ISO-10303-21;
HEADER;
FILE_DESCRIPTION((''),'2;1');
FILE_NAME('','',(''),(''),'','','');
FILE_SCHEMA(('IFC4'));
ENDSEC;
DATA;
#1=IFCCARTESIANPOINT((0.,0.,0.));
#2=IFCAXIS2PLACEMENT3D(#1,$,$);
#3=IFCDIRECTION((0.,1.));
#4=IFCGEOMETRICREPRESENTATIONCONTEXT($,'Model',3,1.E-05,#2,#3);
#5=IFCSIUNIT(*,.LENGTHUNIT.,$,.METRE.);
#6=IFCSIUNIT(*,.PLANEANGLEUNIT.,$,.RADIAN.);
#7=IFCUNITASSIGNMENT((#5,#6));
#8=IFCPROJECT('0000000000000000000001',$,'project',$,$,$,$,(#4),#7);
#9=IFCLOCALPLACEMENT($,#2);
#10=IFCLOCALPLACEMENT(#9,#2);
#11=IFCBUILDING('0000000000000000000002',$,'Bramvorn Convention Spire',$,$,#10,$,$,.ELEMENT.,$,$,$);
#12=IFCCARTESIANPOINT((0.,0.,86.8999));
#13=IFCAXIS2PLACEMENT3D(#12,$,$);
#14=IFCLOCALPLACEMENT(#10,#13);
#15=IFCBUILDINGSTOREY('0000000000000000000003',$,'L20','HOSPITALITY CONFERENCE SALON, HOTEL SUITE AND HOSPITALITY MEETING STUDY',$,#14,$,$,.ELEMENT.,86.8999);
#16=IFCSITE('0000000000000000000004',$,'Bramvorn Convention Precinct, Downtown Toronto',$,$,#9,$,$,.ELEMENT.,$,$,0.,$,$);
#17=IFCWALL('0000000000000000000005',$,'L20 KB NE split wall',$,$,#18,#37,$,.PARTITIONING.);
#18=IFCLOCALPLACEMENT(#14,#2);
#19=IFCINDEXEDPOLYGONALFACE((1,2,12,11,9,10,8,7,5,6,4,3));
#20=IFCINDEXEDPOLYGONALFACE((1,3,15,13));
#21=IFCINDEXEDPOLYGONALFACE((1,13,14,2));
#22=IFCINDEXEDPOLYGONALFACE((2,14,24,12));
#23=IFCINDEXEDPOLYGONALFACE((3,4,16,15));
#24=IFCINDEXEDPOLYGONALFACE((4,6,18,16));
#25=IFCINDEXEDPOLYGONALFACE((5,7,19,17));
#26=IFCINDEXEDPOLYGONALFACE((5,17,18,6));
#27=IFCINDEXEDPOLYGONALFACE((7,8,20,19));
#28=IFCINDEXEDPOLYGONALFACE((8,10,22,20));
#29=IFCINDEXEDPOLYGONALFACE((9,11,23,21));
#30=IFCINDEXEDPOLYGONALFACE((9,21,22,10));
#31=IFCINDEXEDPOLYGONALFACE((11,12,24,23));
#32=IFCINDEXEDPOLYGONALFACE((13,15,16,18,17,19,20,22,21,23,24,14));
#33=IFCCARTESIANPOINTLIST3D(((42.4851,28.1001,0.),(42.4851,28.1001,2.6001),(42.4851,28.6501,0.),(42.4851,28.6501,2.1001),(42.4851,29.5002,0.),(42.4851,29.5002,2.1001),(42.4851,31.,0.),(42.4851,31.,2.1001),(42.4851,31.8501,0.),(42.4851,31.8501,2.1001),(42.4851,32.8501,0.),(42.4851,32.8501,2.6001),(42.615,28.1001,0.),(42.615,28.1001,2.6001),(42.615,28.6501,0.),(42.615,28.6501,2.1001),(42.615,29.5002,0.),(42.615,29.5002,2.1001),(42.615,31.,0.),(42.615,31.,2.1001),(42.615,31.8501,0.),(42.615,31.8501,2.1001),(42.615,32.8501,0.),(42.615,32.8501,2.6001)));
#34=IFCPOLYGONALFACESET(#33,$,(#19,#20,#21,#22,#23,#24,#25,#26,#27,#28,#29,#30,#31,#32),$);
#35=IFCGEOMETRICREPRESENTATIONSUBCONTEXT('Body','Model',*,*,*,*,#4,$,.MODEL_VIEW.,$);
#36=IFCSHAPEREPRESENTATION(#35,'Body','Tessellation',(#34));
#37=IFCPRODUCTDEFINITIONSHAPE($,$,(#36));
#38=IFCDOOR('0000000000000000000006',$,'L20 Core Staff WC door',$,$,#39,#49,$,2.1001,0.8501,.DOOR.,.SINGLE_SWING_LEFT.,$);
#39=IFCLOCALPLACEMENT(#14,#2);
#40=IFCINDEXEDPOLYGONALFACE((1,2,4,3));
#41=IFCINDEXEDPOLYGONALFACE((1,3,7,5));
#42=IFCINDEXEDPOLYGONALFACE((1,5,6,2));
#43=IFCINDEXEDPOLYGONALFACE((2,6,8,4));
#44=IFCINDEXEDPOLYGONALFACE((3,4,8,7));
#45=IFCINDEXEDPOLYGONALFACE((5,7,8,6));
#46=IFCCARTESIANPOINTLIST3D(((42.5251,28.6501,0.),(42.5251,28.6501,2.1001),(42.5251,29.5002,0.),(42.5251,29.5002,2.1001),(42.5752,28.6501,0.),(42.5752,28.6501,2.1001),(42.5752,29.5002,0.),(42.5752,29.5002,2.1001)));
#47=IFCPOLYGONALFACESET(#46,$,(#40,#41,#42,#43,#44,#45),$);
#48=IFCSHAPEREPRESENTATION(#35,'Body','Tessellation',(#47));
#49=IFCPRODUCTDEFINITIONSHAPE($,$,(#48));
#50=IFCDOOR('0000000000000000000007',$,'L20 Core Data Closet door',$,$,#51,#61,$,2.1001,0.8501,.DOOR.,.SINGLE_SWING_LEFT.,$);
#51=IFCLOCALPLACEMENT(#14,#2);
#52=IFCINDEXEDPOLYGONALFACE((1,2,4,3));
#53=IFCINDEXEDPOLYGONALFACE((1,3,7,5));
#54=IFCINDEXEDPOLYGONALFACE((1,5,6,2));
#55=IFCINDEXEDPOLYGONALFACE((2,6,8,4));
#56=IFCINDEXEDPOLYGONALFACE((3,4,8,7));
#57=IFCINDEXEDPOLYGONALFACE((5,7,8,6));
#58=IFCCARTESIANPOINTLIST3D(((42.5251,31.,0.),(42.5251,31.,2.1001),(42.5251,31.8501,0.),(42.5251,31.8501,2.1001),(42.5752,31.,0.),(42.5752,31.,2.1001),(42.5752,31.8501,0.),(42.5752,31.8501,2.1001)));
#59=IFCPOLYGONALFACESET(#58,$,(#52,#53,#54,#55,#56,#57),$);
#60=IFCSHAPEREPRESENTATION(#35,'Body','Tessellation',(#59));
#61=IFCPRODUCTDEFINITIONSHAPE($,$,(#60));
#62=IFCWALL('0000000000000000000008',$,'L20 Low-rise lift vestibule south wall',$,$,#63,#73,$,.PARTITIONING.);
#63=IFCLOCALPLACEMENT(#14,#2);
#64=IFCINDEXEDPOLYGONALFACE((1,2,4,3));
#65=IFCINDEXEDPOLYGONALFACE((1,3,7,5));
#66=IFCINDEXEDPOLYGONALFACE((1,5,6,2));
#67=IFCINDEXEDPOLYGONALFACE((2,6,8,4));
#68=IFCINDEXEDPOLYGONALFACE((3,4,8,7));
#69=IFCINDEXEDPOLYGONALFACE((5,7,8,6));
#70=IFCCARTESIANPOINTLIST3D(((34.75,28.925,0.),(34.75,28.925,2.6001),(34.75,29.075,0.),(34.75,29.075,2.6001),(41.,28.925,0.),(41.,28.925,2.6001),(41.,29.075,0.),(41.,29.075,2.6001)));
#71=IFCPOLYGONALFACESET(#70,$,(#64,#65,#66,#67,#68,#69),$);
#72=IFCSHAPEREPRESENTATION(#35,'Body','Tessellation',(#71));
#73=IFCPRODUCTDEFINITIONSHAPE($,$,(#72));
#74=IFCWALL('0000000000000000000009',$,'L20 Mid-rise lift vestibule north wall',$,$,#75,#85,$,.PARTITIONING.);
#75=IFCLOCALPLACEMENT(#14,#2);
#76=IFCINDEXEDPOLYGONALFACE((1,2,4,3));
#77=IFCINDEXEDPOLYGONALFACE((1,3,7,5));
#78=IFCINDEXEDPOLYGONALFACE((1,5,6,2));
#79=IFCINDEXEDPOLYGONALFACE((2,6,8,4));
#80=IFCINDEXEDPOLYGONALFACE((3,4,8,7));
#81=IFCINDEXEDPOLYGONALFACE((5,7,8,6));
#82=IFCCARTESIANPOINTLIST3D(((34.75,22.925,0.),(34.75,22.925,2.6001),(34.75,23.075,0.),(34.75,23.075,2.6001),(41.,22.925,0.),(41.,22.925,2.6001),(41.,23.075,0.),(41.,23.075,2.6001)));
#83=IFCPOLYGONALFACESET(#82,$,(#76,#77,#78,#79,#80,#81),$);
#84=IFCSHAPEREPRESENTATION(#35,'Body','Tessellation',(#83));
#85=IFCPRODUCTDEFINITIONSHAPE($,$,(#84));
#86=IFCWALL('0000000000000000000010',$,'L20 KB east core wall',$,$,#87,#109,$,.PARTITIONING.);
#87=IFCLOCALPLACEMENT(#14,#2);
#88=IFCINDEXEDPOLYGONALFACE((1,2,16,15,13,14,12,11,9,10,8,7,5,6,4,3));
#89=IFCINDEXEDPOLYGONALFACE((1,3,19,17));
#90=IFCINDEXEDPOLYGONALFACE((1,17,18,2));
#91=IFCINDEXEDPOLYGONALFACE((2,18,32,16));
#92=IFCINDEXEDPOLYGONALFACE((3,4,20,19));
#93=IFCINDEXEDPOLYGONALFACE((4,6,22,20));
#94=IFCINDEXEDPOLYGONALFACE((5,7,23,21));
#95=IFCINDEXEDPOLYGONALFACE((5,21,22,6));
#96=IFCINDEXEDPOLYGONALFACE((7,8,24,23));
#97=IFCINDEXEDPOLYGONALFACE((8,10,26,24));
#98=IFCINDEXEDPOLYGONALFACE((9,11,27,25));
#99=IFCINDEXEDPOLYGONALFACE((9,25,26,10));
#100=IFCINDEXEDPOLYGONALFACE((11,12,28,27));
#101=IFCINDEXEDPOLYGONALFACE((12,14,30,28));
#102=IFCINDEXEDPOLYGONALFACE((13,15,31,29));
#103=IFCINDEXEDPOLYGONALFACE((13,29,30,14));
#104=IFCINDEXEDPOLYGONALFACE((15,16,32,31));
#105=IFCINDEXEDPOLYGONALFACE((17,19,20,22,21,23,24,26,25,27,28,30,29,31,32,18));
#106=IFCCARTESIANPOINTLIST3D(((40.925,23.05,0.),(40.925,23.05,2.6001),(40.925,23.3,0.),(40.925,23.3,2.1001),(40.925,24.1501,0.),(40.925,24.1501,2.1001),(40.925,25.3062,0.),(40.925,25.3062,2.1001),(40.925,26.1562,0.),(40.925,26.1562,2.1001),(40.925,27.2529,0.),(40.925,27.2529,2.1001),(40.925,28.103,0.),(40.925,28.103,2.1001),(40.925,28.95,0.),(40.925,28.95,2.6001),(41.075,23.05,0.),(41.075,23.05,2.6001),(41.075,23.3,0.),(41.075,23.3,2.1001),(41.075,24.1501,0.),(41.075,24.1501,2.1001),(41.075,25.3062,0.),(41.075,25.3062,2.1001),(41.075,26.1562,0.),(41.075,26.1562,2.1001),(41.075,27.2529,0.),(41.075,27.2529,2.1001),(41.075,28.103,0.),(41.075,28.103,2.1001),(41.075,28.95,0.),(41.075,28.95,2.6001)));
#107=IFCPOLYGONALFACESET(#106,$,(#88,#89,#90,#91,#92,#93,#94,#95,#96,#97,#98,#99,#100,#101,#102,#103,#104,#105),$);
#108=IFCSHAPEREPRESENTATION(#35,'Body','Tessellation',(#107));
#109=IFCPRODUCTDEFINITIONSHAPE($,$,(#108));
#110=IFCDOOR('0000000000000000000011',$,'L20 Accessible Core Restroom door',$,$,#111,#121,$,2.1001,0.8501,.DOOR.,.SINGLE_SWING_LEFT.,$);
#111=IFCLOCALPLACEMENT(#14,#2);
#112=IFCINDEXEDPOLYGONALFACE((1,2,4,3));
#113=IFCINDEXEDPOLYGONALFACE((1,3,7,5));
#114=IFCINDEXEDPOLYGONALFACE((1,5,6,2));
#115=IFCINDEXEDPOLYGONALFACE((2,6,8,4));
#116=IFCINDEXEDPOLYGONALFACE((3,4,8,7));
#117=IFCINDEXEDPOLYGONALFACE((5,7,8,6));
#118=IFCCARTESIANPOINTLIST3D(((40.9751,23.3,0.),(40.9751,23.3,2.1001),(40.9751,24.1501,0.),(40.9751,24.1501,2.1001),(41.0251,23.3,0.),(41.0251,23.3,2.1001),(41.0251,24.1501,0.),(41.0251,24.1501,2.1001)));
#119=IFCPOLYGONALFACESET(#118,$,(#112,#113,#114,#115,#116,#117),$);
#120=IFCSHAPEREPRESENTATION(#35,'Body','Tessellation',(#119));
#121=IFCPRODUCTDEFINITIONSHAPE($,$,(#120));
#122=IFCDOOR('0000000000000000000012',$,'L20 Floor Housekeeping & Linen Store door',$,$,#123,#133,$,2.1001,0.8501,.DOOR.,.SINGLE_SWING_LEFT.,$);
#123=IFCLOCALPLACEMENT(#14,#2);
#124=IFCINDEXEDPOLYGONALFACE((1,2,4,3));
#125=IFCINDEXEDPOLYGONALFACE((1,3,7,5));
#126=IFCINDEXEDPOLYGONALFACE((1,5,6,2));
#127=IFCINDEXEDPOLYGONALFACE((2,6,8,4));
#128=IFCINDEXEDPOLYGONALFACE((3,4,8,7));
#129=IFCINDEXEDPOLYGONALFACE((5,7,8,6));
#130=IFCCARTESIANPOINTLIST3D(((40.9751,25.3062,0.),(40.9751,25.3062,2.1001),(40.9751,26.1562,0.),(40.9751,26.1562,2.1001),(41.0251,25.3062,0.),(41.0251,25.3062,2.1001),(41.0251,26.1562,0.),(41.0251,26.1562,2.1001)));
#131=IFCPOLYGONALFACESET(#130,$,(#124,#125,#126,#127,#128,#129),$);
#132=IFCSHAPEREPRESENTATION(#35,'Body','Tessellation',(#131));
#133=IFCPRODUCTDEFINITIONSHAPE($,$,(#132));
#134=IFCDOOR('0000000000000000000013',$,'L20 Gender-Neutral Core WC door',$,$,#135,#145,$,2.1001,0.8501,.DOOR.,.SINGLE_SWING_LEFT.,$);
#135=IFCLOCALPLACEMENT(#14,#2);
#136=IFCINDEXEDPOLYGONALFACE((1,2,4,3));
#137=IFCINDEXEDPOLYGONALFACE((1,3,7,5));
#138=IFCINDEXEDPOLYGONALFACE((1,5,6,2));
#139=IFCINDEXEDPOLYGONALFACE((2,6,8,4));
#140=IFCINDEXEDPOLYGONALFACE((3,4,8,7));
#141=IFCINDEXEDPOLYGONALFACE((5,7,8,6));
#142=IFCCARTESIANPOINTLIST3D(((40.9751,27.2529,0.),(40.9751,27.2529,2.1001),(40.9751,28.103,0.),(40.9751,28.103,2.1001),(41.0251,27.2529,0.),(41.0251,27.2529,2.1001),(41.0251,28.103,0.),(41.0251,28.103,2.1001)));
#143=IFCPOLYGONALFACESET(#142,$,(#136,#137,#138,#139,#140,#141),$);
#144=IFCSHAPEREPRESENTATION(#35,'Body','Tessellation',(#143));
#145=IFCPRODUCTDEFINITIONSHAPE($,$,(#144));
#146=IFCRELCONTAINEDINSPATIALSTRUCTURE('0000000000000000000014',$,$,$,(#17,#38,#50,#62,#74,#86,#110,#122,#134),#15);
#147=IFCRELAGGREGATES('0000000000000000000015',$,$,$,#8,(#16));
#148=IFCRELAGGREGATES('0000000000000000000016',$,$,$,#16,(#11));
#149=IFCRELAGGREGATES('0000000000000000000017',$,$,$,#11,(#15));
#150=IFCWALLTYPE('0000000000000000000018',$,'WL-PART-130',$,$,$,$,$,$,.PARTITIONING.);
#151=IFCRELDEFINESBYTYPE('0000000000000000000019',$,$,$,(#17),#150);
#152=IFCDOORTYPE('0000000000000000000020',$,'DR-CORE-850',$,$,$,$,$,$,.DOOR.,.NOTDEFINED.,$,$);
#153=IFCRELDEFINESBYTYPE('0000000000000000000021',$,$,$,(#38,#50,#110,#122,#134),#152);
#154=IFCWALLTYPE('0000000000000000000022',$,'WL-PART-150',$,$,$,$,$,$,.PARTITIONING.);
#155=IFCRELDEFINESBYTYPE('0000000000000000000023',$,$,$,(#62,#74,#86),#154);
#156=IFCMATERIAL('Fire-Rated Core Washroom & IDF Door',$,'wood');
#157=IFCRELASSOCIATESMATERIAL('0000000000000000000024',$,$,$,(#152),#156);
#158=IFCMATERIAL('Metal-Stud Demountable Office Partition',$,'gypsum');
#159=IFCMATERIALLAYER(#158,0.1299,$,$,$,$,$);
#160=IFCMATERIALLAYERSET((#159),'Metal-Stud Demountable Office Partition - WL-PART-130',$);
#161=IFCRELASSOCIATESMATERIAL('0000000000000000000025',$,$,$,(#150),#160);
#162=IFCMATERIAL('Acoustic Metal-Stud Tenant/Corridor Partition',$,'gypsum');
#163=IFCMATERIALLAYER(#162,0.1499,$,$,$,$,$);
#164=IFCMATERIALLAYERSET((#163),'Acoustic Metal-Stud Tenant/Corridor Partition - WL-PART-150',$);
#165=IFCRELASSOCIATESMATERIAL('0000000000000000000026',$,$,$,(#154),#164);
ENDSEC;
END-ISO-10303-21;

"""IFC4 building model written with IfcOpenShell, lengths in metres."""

from ifc_helpers import new_model, si_unit, direction, frame, frame_2d, origin, place, context, subcontext, project, spatial, rectangle, extrude, material, layer, layer_set, type_object, element, fill, save


model = new_model("IFC4")

# Units and contexts
model_context = context("Model", 3, precision=1e-05, world=origin(), true_north=direction((0.0, 1.0)))
body_context = subcontext(model_context, "Body", "Model", "MODEL_VIEW")
ifc_project = project(units=[si_unit("LENGTHUNIT", "METRE"), si_unit("PLANEANGLEUNIT", "RADIAN")], contexts=[model_context])

# Site, building, storey
site_placement = place(None, origin())
site = spatial("IfcSite", under=ifc_project, at=site_placement, Name="Bramvorn Convention Precinct, Downtown Toronto", CompositionType="ELEMENT", RefElevation=0.0)
building_placement = place(site_placement, origin())
building = spatial("IfcBuilding", under=site, at=building_placement, Name="Bramvorn Convention Spire", CompositionType="ELEMENT")
storey_placement = place(building_placement, frame((0.0, 0.0, 86.8999)))
storey = spatial("IfcBuildingStorey", under=building, at=storey_placement, Name="L20", Description="HOSPITALITY CONFERENCE SALON, HOTEL SUITE AND HOSPITALITY MEETING STUDY", CompositionType="ELEMENT", Elevation=86.8999)

# Shared definitions
ifc_material_1 = material(Name="Fire-Rated Core Washroom & IDF Door", Category="wood")
door_type_1 = type_object("IfcDoorType", Name="DR-CORE-850", OperationType="NOTDEFINED", PredefinedType="DOOR", material=ifc_material_1)

# Wall, openings, doors
ifc_material_2 = material(Name="Metal-Stud Demountable Office Partition", Category="gypsum")
ifc_layer_1 = layer(ifc_material_2, 0.1299)
ifc_layer_set_1 = layer_set([ifc_layer_1], Name="Metal-Stud Demountable Office Partition - WL-PART-130")
wall_type_1 = type_object("IfcWallType", Name="WL-PART-130", PredefinedType="PARTITIONING", material=ifc_layer_set_1)
wall_1_placement = place(storey_placement, frame((42.55, 28.1001, 0.0), z_axis=(0.0, 0.0, 1.0), x_axis=(0.0, 1.0, 0.0)))
wall_1 = element("IfcWall", 1, at=wall_1_placement, inside=storey, type_object=wall_type_1, Name="L20 KB NE split wall", PredefinedType="PARTITIONING", context=body_context, shape_type="SweptSolid", body=[
    extrude(rectangle(XDim=4.75, YDim=0.1299, at=frame_2d((2.375, 0.0))), origin(), (0.0, 0.0, 1.0), 2.6001),
])
opening_1_placement = place(wall_1_placement, frame((0.55, 0.0, 0.0)))
opening_1 = element("IfcOpeningElement", 2, at=opening_1_placement, cuts=wall_1, PredefinedType="OPENING", context=body_context, shape_type="SweptSolid", body=[
    extrude(rectangle(XDim=0.8501, YDim=2.1001, at=frame_2d((0.425, 1.05))), frame((0.0, 0.075, 0.0), z_axis=(0.0, -1.0, 0.0), x_axis=(1.0, 0.0, 0.0)), (0.0, 0.0, 1.0), 0.1499),
])
opening_2_placement = place(wall_1_placement, frame((2.8999, 0.0, 0.0)))
opening_2 = element("IfcOpeningElement", 3, at=opening_2_placement, cuts=wall_1, PredefinedType="OPENING", context=body_context, shape_type="SweptSolid", body=[
    extrude(rectangle(XDim=0.8501, YDim=2.1001, at=frame_2d((0.425, 1.05))), frame((0.0, 0.075, 0.0), z_axis=(0.0, -1.0, 0.0), x_axis=(1.0, 0.0, 0.0)), (0.0, 0.0, 1.0), 0.1499),
])
door_1_placement = place(opening_1_placement, origin())
door_1 = element("IfcDoor", 4, at=door_1_placement, inside=storey, type_object=door_type_1, Name="L20 Core Staff WC door", OperationType="SINGLE_SWING_LEFT", OverallHeight=2.1001, OverallWidth=0.8501, PredefinedType="DOOR", context=body_context, shape_type="SweptSolid", body=[
    extrude(rectangle(XDim=0.8501, YDim=2.1001, at=frame_2d((0.425, 1.05))), frame((0.0, 0.0249, 0.0), z_axis=(0.0, -1.0, 0.0), x_axis=(1.0, 0.0, 0.0)), (0.0, 0.0, 1.0), 0.05),
])
fill(opening_1, door_1)
door_2_placement = place(opening_2_placement, origin())
door_2 = element("IfcDoor", 5, at=door_2_placement, inside=storey, type_object=door_type_1, Name="L20 Core Data Closet door", OperationType="SINGLE_SWING_LEFT", OverallHeight=2.1001, OverallWidth=0.8501, PredefinedType="DOOR", context=body_context, shape_type="SweptSolid", body=[
    extrude(rectangle(XDim=0.8501, YDim=2.1001, at=frame_2d((0.425, 1.05))), frame((0.0, 0.0249, 0.0), z_axis=(0.0, -1.0, 0.0), x_axis=(1.0, 0.0, 0.0)), (0.0, 0.0, 1.0), 0.05),
])
fill(opening_2, door_2)

# Walls
ifc_material_3 = material(Name="Acoustic Metal-Stud Tenant/Corridor Partition", Category="gypsum")
ifc_layer_2 = layer(ifc_material_3, 0.1499)
ifc_layer_set_2 = layer_set([ifc_layer_2], Name="Acoustic Metal-Stud Tenant/Corridor Partition - WL-PART-150")
wall_type_2 = type_object("IfcWallType", Name="WL-PART-150", PredefinedType="PARTITIONING", material=ifc_layer_set_2)
for number, where, z_axis, x_axis, name in (
    (6, (34.75, 29.0, 0.0), (0.0, 0.0, 1.0), (1.0, 0.0, 0.0), "L20 Low-rise lift vestibule south wall"),
    (7, (34.75, 23.0, 0.0), (0.0, 0.0, 1.0), (1.0, 0.0, 0.0), "L20 Mid-rise lift vestibule north wall"),
):
    element("IfcWall", number, at=place(storey_placement, frame(where, z_axis=z_axis, x_axis=x_axis)), inside=storey, type_object=wall_type_2, Name=name, PredefinedType="PARTITIONING", context=body_context, shape_type="SweptSolid", body=[
        extrude(rectangle(XDim=6.25, YDim=0.1499, at=frame_2d((3.125, 0.0))), origin(), (0.0, 0.0, 1.0), 2.6001),
    ])

# Wall, openings, doors
wall_2_placement = place(storey_placement, frame((41.0, 23.05, 0.0), z_axis=(0.0, 0.0, 1.0), x_axis=(0.0, 1.0, 0.0)))
wall_2 = element("IfcWall", 8, at=wall_2_placement, inside=storey, type_object=wall_type_2, Name="L20 KB east core wall", PredefinedType="PARTITIONING", context=body_context, shape_type="SweptSolid", body=[
    extrude(rectangle(XDim=5.8999, YDim=0.1499, at=frame_2d((2.95, 0.0))), origin(), (0.0, 0.0, 1.0), 2.6001),
])
opening_3_placement = place(wall_2_placement, frame((0.25, 0.0, 0.0)))
opening_3 = element("IfcOpeningElement", 9, at=opening_3_placement, cuts=wall_2, PredefinedType="OPENING", context=body_context, shape_type="SweptSolid", body=[
    extrude(rectangle(XDim=0.8501, YDim=2.1001, at=frame_2d((0.425, 1.05))), frame((0.0, 0.085, 0.0), z_axis=(0.0, -1.0, 0.0), x_axis=(1.0, 0.0, 0.0)), (0.0, 0.0, 1.0), 0.1699),
])
opening_4_placement = place(wall_2_placement, frame((2.2561, 0.0, 0.0)))
opening_4 = element("IfcOpeningElement", 10, at=opening_4_placement, cuts=wall_2, PredefinedType="OPENING", context=body_context, shape_type="SweptSolid", body=[
    extrude(rectangle(XDim=0.8501, YDim=2.1001, at=frame_2d((0.425, 1.05))), frame((0.0, 0.085, 0.0), z_axis=(0.0, -1.0, 0.0), x_axis=(1.0, 0.0, 0.0)), (0.0, 0.0, 1.0), 0.1699),
])
opening_5_placement = place(wall_2_placement, frame((4.2029, 0.0, 0.0)))
opening_5 = element("IfcOpeningElement", 11, at=opening_5_placement, cuts=wall_2, PredefinedType="OPENING", context=body_context, shape_type="SweptSolid", body=[
    extrude(rectangle(XDim=0.8501, YDim=2.1001, at=frame_2d((0.425, 1.05))), frame((0.0, 0.085, 0.0), z_axis=(0.0, -1.0, 0.0), x_axis=(1.0, 0.0, 0.0)), (0.0, 0.0, 1.0), 0.1699),
])
door_3_placement = place(opening_3_placement, origin())
door_3 = element("IfcDoor", 12, at=door_3_placement, inside=storey, type_object=door_type_1, Name="L20 Accessible Core Restroom door", OperationType="SINGLE_SWING_LEFT", OverallHeight=2.1001, OverallWidth=0.8501, PredefinedType="DOOR", context=body_context, shape_type="SweptSolid", body=[
    extrude(rectangle(XDim=0.8501, YDim=2.1001, at=frame_2d((0.425, 1.05))), frame((0.0, 0.0249, 0.0), z_axis=(0.0, -1.0, 0.0), x_axis=(1.0, 0.0, 0.0)), (0.0, 0.0, 1.0), 0.05),
])
fill(opening_3, door_3)
door_4_placement = place(opening_4_placement, origin())
door_4 = element("IfcDoor", 13, at=door_4_placement, inside=storey, type_object=door_type_1, Name="L20 Floor Housekeeping & Linen Store door", OperationType="SINGLE_SWING_LEFT", OverallHeight=2.1001, OverallWidth=0.8501, PredefinedType="DOOR", context=body_context, shape_type="SweptSolid", body=[
    extrude(rectangle(XDim=0.8501, YDim=2.1001, at=frame_2d((0.425, 1.05))), frame((0.0, 0.0249, 0.0), z_axis=(0.0, -1.0, 0.0), x_axis=(1.0, 0.0, 0.0)), (0.0, 0.0, 1.0), 0.05),
])
fill(opening_4, door_4)
door_5_placement = place(opening_5_placement, origin())
door_5 = element("IfcDoor", 14, at=door_5_placement, inside=storey, type_object=door_type_1, Name="L20 Gender-Neutral Core WC door", OperationType="SINGLE_SWING_LEFT", OverallHeight=2.1001, OverallWidth=0.8501, PredefinedType="DOOR", context=body_context, shape_type="SweptSolid", body=[
    extrude(rectangle(XDim=0.8501, YDim=2.1001, at=frame_2d((0.425, 1.05))), frame((0.0, 0.0249, 0.0), z_axis=(0.0, -1.0, 0.0), x_axis=(1.0, 0.0, 0.0)), (0.0, 0.0, 1.0), 0.05),
])
fill(opening_5, door_5)

save(model, "model.ifc")
